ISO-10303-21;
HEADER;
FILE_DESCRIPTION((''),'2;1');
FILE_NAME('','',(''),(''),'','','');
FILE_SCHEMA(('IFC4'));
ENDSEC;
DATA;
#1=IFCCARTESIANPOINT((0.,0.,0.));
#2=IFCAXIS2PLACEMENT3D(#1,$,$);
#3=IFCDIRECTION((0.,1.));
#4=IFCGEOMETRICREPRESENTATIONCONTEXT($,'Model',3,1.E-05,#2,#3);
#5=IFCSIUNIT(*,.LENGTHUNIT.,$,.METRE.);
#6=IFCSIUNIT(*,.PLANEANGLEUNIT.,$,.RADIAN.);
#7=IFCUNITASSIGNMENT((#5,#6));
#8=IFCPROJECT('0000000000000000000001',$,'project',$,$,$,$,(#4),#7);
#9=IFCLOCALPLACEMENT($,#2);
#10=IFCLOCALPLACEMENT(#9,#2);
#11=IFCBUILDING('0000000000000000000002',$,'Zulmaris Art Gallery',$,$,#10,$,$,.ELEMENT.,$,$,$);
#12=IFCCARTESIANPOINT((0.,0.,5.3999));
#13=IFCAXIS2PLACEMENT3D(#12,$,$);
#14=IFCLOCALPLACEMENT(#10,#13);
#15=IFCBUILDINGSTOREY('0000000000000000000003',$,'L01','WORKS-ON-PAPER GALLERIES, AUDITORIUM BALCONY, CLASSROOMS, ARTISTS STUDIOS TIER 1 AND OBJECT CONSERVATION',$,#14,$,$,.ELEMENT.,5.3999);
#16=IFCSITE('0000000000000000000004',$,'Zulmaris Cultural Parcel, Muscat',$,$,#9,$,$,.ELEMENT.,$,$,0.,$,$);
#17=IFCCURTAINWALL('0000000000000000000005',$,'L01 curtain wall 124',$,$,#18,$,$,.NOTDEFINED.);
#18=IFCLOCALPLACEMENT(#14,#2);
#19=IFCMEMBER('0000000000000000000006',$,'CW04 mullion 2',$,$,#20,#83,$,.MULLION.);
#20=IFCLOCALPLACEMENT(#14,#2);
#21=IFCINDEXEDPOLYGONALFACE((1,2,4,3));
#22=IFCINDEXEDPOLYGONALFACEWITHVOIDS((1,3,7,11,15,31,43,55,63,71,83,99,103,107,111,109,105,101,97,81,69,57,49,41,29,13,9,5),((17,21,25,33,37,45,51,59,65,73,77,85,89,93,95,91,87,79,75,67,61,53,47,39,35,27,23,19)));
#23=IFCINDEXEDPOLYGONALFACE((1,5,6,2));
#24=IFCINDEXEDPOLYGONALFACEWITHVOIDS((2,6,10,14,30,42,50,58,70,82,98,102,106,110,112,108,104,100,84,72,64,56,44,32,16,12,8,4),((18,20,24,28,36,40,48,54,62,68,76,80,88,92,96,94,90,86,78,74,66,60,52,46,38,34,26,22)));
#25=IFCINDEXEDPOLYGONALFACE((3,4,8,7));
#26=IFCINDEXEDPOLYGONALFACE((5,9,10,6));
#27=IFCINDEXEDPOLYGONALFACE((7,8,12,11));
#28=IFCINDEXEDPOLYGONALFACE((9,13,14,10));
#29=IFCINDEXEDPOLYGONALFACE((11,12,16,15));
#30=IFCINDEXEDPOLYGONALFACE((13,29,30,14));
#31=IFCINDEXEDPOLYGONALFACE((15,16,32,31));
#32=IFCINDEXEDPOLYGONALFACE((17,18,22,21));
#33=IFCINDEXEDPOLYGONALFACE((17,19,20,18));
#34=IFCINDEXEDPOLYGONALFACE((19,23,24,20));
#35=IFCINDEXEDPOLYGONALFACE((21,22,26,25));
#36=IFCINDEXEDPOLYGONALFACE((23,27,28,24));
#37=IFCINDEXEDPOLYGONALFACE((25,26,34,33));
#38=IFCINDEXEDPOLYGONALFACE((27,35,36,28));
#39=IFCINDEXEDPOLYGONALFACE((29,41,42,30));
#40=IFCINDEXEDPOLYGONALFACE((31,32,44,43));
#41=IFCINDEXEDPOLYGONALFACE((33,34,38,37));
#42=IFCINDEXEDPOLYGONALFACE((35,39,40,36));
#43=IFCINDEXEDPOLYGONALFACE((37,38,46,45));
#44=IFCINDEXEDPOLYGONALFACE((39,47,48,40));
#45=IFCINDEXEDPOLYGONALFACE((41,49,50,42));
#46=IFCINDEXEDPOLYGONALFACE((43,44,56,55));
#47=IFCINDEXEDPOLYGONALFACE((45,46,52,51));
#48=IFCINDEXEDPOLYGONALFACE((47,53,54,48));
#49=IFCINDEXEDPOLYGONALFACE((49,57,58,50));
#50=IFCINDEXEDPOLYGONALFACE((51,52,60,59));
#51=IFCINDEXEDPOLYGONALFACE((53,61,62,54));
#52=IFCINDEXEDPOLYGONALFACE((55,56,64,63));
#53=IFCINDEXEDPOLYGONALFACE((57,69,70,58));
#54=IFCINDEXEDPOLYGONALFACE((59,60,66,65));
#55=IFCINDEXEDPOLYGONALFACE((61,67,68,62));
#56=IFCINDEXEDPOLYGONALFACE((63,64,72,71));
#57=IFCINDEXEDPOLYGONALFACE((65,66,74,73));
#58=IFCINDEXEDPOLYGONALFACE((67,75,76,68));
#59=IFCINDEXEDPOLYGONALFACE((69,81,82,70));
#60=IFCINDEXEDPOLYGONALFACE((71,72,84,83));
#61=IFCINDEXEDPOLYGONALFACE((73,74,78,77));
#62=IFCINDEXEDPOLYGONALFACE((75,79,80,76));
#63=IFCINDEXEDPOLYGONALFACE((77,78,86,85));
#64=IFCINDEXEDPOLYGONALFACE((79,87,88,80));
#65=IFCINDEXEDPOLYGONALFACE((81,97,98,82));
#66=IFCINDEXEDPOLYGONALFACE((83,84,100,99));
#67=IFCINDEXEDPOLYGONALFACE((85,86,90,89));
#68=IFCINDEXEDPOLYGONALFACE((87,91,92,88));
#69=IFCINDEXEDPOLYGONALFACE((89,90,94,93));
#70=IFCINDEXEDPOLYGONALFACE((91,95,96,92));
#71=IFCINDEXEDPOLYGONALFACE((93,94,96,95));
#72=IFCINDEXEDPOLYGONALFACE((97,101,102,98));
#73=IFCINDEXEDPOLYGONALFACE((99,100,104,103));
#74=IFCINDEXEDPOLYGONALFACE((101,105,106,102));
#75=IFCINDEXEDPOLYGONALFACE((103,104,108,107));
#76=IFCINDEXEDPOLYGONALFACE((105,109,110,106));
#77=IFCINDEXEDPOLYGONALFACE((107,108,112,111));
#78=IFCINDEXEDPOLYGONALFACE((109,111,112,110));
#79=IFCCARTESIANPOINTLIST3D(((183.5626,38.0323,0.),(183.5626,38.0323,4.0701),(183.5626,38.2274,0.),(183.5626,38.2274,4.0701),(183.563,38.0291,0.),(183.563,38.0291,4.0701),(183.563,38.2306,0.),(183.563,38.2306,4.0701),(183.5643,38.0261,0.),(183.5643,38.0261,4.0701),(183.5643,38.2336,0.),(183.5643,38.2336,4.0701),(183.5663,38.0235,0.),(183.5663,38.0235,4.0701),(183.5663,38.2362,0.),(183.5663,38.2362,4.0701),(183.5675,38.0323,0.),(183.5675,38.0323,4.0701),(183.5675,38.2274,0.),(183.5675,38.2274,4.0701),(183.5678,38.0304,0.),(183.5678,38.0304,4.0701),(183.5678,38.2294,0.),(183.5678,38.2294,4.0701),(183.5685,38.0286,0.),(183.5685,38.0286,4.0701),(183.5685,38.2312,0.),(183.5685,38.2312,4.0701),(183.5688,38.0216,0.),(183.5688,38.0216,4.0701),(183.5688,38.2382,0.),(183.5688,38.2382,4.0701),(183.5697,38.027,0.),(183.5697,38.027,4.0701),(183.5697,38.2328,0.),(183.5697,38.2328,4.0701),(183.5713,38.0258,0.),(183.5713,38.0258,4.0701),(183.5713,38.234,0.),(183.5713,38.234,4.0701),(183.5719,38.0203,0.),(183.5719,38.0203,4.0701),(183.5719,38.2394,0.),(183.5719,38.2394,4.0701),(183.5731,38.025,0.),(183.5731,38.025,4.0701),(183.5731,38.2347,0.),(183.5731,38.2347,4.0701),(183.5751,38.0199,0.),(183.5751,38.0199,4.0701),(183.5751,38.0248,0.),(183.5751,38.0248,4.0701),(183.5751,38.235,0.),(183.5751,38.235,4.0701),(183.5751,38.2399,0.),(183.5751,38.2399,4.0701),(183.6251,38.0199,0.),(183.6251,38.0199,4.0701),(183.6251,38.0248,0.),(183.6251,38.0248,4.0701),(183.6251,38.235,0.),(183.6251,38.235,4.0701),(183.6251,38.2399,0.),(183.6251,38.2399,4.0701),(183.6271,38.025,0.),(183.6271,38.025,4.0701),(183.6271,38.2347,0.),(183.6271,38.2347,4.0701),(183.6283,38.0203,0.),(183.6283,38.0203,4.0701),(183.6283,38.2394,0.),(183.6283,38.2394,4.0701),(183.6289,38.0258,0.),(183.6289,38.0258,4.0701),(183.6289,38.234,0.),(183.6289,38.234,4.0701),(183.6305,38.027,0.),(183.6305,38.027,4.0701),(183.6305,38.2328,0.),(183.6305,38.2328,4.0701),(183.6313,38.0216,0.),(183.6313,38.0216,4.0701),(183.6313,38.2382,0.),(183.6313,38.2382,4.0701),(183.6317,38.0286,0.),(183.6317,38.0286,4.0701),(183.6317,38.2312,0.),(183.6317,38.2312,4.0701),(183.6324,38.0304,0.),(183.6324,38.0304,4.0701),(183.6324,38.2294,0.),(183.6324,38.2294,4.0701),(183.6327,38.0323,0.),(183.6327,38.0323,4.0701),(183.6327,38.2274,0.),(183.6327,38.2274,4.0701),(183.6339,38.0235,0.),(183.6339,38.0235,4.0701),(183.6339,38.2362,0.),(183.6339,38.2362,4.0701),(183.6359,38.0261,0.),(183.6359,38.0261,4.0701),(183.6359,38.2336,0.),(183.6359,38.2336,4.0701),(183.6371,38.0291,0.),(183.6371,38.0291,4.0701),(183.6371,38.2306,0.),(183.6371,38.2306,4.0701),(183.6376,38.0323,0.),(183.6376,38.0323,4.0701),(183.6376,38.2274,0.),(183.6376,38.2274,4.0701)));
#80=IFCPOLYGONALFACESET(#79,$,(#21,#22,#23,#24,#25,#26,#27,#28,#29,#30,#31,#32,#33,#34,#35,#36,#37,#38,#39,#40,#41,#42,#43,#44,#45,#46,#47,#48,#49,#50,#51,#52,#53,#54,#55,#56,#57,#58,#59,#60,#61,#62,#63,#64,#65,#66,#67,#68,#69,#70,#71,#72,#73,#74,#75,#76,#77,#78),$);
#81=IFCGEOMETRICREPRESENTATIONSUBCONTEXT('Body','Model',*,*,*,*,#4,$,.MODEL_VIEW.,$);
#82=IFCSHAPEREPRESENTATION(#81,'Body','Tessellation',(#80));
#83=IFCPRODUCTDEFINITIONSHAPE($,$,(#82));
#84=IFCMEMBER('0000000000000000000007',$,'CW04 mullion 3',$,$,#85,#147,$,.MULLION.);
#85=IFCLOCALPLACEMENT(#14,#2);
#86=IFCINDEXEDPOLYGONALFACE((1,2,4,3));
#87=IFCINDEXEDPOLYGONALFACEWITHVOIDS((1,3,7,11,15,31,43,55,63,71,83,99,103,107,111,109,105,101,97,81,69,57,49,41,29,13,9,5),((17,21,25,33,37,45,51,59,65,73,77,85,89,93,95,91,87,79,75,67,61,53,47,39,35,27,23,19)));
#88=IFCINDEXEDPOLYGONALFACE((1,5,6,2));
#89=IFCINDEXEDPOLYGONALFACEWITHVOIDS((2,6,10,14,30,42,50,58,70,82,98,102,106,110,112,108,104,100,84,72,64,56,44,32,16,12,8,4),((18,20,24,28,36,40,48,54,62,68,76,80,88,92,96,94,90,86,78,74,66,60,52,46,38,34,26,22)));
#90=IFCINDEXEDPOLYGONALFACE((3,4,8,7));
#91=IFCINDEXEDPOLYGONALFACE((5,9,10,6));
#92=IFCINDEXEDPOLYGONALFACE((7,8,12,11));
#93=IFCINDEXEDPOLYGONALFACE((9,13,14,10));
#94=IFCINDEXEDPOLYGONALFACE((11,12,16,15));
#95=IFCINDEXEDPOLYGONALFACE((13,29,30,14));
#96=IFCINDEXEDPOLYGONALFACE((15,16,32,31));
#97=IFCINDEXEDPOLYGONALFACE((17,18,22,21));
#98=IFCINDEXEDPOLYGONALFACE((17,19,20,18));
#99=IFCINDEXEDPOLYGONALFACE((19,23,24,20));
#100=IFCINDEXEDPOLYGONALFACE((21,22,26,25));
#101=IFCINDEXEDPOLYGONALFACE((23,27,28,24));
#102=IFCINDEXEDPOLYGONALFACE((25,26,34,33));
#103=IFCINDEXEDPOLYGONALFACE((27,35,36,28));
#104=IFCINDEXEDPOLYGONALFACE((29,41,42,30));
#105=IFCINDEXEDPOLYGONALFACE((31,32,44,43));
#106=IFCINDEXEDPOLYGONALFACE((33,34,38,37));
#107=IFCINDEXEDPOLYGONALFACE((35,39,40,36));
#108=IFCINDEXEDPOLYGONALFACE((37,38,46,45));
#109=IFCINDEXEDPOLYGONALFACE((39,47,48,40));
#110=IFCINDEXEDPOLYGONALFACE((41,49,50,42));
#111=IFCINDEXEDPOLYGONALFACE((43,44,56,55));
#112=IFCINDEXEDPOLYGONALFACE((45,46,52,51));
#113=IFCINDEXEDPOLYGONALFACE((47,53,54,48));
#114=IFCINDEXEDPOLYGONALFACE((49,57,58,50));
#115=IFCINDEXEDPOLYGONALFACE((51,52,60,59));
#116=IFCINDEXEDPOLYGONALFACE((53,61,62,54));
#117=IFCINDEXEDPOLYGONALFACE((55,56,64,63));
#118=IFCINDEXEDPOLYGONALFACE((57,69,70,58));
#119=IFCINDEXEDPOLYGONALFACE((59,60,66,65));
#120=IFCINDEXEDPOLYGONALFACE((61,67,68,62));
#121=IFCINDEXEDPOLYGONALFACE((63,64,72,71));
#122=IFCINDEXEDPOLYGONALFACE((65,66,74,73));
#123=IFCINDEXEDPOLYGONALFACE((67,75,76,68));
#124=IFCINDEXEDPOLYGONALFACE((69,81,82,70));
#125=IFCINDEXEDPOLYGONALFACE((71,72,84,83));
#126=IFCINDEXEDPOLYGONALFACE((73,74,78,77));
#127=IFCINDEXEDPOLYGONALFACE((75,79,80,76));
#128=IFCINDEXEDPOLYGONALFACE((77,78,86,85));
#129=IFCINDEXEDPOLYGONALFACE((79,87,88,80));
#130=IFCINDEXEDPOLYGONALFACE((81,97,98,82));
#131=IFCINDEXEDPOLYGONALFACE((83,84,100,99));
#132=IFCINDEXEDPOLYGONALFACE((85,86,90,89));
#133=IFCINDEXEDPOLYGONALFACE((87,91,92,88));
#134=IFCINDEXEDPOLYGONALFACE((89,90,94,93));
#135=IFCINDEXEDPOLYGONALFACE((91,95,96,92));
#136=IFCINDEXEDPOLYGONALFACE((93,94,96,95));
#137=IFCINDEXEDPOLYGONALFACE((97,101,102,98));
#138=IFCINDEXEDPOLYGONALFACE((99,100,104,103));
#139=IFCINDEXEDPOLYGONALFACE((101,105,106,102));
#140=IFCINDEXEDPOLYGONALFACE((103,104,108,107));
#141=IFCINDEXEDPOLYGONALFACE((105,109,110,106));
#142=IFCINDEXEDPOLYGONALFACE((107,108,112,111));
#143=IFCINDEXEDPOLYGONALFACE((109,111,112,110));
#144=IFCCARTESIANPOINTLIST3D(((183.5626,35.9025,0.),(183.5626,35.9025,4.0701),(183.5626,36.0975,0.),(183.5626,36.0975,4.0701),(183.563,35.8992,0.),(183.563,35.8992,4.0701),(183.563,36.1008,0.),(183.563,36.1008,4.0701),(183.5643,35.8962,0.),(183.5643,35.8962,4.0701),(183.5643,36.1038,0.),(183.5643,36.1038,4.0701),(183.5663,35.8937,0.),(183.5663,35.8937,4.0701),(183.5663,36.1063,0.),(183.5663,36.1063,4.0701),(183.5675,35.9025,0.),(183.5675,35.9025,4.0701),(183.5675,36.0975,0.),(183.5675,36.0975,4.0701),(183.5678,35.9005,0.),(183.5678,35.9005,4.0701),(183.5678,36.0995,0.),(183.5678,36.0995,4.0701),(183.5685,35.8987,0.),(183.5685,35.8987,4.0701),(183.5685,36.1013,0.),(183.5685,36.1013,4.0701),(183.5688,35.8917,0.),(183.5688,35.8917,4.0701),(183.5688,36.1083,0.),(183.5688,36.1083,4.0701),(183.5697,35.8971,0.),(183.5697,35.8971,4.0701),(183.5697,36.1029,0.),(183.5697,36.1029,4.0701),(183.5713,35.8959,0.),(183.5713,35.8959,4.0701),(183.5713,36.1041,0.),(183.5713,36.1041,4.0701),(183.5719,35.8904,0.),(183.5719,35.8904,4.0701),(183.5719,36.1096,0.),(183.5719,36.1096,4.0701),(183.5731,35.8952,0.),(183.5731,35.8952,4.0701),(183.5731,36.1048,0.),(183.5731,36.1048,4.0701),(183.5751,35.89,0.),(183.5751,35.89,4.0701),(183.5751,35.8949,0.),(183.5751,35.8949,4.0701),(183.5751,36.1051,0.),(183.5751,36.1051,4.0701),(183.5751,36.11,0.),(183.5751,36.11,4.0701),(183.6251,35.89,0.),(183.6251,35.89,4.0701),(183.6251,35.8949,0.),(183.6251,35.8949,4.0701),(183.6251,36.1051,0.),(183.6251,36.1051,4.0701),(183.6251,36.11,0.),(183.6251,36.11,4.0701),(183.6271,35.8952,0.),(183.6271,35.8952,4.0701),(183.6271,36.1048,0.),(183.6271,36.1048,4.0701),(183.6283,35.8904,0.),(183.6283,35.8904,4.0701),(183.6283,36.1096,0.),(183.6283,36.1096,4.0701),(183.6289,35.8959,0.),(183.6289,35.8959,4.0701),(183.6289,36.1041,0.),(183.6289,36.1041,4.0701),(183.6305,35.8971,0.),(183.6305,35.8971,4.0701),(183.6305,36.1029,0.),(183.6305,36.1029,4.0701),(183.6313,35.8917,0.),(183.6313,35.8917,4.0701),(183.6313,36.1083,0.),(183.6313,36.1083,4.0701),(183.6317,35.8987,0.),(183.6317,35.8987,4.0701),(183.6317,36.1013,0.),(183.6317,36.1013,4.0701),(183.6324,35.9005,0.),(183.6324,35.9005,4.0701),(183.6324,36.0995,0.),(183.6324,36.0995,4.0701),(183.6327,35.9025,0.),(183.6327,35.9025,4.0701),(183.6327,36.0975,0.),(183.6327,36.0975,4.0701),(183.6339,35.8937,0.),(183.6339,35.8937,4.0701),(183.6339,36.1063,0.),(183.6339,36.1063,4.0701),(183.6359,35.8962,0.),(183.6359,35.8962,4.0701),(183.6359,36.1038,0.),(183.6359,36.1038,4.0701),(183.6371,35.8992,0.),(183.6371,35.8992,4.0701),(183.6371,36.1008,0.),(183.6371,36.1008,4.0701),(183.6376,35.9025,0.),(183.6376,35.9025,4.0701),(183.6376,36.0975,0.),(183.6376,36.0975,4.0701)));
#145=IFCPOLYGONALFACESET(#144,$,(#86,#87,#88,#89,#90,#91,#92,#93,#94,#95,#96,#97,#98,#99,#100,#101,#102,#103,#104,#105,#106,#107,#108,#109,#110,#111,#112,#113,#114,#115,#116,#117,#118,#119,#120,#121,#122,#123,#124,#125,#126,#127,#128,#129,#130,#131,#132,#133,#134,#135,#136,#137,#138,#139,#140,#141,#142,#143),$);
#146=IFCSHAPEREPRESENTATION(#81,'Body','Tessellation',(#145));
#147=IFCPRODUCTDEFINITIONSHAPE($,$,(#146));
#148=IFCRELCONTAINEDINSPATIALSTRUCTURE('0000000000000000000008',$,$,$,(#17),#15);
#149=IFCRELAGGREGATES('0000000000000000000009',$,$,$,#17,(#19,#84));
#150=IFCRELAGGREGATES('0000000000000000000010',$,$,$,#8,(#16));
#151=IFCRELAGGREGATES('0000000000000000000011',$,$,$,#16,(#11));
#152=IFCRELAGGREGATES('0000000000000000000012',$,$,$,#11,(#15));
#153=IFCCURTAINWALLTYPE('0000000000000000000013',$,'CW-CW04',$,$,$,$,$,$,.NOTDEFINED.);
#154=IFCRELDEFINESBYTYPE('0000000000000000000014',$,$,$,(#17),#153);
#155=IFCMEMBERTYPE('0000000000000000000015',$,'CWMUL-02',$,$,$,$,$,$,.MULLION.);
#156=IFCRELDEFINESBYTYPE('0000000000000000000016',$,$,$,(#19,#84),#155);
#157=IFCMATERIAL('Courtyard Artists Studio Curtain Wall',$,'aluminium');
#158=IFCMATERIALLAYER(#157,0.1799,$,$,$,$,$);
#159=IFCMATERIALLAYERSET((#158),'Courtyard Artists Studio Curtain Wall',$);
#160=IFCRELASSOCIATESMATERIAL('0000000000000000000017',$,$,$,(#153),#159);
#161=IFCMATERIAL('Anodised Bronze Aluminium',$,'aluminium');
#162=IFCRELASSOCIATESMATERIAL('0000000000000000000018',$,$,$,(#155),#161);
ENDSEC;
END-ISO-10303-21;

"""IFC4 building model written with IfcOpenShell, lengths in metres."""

from ifc_helpers import new_model, si_unit, direction, frame, origin, origin_2d, place, context, subcontext, project, spatial, hollow_rectangle, extrude, material, layer, layer_set, material_profile, profile_set, type_object, element, aggregate, save


model = new_model("IFC4")

# Units and contexts
model_context = context("Model", 3, precision=1e-05, world=origin(), true_north=direction((0.0, 1.0)))
body_context = subcontext(model_context, "Body", "Model", "MODEL_VIEW")
ifc_project = project(units=[si_unit("LENGTHUNIT", "METRE"), si_unit("PLANEANGLEUNIT", "RADIAN")], contexts=[model_context])

# Site, building, storey
site_placement = place(None, origin())
site = spatial("IfcSite", under=ifc_project, at=site_placement, Name="Zulmaris Cultural Parcel, Muscat", CompositionType="ELEMENT", RefElevation=0.0)
building_placement = place(site_placement, origin())
building = spatial("IfcBuilding", under=site, at=building_placement, Name="Zulmaris Art Gallery", CompositionType="ELEMENT")
storey_placement = place(building_placement, frame((0.0, 0.0, 5.3999)))
storey = spatial("IfcBuildingStorey", under=building, at=storey_placement, Name="L01", Description="WORKS-ON-PAPER GALLERIES, AUDITORIUM BALCONY, CLASSROOMS, ARTISTS STUDIOS TIER 1 AND OBJECT CONSERVATION", CompositionType="ELEMENT", Elevation=5.3999)

# Curtain wall, members
ifc_material_1 = material(Name="Courtyard Artists Studio Curtain Wall", Category="aluminium")
ifc_layer_1 = layer(ifc_material_1, 0.1799)
ifc_layer_set_1 = layer_set([ifc_layer_1], Name="Courtyard Artists Studio Curtain Wall")
curtain_wall_type = type_object("IfcCurtainWallType", Name="CW-CW04", PredefinedType="NOTDEFINED", material=ifc_layer_set_1)
curtain_wall_1_placement = place(storey_placement, origin())
curtain_wall_1 = element("IfcCurtainWall", 1, at=curtain_wall_1_placement, inside=storey, type_object=curtain_wall_type, Name="L01 curtain wall 124", PredefinedType="NOTDEFINED")
ifc_material_2 = material(Name="Anodised Bronze Aluminium", Category="aluminium")
ifc_material_profile_1 = material_profile(ifc_material_2, hollow_rectangle(XDim=0.075, YDim=0.22, WallThickness=0.0049, InnerFilletRadius=0.0076, OuterFilletRadius=0.0125, at=origin_2d()), Name="ALU 75x220x5")
ifc_profile_set_1 = profile_set([ifc_material_profile_1], Name="Anodised Bronze Aluminium")
member_type_1 = type_object("IfcMemberType", Name="CWMUL-02", PredefinedType="MULLION", material=ifc_profile_set_1)
member_1_placement = place(storey_placement, frame((183.6001, 38.1299, 0.0), z_axis=(0.0, 0.0, 1.0), x_axis=(1.0, 0.0, 0.0)))
member_1 = element("IfcMember", 2, at=member_1_placement, type_object=member_type_1, Name="CW04 mullion 2", PredefinedType="MULLION", context=body_context, shape_type="SweptSolid", body=[
    extrude(hollow_rectangle(XDim=0.075, YDim=0.22, WallThickness=0.0049, InnerFilletRadius=0.0076, OuterFilletRadius=0.0125, at=origin_2d()), origin(), (0.0, 0.0, 1.0), 4.0701),
])
member_2_placement = place(storey_placement, frame((183.6001, 36.0, 0.0), z_axis=(0.0, 0.0, 1.0), x_axis=(1.0, 0.0, 0.0)))
member_2 = element("IfcMember", 3, at=member_2_placement, type_object=member_type_1, Name="CW04 mullion 3", PredefinedType="MULLION", context=body_context, shape_type="SweptSolid", body=[
    extrude(hollow_rectangle(XDim=0.075, YDim=0.22, WallThickness=0.0049, InnerFilletRadius=0.0076, OuterFilletRadius=0.0125, at=origin_2d()), origin(), (0.0, 0.0, 1.0), 4.0701),
])

aggregate(curtain_wall_1, [member_1, member_2])

save(model, "model.ifc")
